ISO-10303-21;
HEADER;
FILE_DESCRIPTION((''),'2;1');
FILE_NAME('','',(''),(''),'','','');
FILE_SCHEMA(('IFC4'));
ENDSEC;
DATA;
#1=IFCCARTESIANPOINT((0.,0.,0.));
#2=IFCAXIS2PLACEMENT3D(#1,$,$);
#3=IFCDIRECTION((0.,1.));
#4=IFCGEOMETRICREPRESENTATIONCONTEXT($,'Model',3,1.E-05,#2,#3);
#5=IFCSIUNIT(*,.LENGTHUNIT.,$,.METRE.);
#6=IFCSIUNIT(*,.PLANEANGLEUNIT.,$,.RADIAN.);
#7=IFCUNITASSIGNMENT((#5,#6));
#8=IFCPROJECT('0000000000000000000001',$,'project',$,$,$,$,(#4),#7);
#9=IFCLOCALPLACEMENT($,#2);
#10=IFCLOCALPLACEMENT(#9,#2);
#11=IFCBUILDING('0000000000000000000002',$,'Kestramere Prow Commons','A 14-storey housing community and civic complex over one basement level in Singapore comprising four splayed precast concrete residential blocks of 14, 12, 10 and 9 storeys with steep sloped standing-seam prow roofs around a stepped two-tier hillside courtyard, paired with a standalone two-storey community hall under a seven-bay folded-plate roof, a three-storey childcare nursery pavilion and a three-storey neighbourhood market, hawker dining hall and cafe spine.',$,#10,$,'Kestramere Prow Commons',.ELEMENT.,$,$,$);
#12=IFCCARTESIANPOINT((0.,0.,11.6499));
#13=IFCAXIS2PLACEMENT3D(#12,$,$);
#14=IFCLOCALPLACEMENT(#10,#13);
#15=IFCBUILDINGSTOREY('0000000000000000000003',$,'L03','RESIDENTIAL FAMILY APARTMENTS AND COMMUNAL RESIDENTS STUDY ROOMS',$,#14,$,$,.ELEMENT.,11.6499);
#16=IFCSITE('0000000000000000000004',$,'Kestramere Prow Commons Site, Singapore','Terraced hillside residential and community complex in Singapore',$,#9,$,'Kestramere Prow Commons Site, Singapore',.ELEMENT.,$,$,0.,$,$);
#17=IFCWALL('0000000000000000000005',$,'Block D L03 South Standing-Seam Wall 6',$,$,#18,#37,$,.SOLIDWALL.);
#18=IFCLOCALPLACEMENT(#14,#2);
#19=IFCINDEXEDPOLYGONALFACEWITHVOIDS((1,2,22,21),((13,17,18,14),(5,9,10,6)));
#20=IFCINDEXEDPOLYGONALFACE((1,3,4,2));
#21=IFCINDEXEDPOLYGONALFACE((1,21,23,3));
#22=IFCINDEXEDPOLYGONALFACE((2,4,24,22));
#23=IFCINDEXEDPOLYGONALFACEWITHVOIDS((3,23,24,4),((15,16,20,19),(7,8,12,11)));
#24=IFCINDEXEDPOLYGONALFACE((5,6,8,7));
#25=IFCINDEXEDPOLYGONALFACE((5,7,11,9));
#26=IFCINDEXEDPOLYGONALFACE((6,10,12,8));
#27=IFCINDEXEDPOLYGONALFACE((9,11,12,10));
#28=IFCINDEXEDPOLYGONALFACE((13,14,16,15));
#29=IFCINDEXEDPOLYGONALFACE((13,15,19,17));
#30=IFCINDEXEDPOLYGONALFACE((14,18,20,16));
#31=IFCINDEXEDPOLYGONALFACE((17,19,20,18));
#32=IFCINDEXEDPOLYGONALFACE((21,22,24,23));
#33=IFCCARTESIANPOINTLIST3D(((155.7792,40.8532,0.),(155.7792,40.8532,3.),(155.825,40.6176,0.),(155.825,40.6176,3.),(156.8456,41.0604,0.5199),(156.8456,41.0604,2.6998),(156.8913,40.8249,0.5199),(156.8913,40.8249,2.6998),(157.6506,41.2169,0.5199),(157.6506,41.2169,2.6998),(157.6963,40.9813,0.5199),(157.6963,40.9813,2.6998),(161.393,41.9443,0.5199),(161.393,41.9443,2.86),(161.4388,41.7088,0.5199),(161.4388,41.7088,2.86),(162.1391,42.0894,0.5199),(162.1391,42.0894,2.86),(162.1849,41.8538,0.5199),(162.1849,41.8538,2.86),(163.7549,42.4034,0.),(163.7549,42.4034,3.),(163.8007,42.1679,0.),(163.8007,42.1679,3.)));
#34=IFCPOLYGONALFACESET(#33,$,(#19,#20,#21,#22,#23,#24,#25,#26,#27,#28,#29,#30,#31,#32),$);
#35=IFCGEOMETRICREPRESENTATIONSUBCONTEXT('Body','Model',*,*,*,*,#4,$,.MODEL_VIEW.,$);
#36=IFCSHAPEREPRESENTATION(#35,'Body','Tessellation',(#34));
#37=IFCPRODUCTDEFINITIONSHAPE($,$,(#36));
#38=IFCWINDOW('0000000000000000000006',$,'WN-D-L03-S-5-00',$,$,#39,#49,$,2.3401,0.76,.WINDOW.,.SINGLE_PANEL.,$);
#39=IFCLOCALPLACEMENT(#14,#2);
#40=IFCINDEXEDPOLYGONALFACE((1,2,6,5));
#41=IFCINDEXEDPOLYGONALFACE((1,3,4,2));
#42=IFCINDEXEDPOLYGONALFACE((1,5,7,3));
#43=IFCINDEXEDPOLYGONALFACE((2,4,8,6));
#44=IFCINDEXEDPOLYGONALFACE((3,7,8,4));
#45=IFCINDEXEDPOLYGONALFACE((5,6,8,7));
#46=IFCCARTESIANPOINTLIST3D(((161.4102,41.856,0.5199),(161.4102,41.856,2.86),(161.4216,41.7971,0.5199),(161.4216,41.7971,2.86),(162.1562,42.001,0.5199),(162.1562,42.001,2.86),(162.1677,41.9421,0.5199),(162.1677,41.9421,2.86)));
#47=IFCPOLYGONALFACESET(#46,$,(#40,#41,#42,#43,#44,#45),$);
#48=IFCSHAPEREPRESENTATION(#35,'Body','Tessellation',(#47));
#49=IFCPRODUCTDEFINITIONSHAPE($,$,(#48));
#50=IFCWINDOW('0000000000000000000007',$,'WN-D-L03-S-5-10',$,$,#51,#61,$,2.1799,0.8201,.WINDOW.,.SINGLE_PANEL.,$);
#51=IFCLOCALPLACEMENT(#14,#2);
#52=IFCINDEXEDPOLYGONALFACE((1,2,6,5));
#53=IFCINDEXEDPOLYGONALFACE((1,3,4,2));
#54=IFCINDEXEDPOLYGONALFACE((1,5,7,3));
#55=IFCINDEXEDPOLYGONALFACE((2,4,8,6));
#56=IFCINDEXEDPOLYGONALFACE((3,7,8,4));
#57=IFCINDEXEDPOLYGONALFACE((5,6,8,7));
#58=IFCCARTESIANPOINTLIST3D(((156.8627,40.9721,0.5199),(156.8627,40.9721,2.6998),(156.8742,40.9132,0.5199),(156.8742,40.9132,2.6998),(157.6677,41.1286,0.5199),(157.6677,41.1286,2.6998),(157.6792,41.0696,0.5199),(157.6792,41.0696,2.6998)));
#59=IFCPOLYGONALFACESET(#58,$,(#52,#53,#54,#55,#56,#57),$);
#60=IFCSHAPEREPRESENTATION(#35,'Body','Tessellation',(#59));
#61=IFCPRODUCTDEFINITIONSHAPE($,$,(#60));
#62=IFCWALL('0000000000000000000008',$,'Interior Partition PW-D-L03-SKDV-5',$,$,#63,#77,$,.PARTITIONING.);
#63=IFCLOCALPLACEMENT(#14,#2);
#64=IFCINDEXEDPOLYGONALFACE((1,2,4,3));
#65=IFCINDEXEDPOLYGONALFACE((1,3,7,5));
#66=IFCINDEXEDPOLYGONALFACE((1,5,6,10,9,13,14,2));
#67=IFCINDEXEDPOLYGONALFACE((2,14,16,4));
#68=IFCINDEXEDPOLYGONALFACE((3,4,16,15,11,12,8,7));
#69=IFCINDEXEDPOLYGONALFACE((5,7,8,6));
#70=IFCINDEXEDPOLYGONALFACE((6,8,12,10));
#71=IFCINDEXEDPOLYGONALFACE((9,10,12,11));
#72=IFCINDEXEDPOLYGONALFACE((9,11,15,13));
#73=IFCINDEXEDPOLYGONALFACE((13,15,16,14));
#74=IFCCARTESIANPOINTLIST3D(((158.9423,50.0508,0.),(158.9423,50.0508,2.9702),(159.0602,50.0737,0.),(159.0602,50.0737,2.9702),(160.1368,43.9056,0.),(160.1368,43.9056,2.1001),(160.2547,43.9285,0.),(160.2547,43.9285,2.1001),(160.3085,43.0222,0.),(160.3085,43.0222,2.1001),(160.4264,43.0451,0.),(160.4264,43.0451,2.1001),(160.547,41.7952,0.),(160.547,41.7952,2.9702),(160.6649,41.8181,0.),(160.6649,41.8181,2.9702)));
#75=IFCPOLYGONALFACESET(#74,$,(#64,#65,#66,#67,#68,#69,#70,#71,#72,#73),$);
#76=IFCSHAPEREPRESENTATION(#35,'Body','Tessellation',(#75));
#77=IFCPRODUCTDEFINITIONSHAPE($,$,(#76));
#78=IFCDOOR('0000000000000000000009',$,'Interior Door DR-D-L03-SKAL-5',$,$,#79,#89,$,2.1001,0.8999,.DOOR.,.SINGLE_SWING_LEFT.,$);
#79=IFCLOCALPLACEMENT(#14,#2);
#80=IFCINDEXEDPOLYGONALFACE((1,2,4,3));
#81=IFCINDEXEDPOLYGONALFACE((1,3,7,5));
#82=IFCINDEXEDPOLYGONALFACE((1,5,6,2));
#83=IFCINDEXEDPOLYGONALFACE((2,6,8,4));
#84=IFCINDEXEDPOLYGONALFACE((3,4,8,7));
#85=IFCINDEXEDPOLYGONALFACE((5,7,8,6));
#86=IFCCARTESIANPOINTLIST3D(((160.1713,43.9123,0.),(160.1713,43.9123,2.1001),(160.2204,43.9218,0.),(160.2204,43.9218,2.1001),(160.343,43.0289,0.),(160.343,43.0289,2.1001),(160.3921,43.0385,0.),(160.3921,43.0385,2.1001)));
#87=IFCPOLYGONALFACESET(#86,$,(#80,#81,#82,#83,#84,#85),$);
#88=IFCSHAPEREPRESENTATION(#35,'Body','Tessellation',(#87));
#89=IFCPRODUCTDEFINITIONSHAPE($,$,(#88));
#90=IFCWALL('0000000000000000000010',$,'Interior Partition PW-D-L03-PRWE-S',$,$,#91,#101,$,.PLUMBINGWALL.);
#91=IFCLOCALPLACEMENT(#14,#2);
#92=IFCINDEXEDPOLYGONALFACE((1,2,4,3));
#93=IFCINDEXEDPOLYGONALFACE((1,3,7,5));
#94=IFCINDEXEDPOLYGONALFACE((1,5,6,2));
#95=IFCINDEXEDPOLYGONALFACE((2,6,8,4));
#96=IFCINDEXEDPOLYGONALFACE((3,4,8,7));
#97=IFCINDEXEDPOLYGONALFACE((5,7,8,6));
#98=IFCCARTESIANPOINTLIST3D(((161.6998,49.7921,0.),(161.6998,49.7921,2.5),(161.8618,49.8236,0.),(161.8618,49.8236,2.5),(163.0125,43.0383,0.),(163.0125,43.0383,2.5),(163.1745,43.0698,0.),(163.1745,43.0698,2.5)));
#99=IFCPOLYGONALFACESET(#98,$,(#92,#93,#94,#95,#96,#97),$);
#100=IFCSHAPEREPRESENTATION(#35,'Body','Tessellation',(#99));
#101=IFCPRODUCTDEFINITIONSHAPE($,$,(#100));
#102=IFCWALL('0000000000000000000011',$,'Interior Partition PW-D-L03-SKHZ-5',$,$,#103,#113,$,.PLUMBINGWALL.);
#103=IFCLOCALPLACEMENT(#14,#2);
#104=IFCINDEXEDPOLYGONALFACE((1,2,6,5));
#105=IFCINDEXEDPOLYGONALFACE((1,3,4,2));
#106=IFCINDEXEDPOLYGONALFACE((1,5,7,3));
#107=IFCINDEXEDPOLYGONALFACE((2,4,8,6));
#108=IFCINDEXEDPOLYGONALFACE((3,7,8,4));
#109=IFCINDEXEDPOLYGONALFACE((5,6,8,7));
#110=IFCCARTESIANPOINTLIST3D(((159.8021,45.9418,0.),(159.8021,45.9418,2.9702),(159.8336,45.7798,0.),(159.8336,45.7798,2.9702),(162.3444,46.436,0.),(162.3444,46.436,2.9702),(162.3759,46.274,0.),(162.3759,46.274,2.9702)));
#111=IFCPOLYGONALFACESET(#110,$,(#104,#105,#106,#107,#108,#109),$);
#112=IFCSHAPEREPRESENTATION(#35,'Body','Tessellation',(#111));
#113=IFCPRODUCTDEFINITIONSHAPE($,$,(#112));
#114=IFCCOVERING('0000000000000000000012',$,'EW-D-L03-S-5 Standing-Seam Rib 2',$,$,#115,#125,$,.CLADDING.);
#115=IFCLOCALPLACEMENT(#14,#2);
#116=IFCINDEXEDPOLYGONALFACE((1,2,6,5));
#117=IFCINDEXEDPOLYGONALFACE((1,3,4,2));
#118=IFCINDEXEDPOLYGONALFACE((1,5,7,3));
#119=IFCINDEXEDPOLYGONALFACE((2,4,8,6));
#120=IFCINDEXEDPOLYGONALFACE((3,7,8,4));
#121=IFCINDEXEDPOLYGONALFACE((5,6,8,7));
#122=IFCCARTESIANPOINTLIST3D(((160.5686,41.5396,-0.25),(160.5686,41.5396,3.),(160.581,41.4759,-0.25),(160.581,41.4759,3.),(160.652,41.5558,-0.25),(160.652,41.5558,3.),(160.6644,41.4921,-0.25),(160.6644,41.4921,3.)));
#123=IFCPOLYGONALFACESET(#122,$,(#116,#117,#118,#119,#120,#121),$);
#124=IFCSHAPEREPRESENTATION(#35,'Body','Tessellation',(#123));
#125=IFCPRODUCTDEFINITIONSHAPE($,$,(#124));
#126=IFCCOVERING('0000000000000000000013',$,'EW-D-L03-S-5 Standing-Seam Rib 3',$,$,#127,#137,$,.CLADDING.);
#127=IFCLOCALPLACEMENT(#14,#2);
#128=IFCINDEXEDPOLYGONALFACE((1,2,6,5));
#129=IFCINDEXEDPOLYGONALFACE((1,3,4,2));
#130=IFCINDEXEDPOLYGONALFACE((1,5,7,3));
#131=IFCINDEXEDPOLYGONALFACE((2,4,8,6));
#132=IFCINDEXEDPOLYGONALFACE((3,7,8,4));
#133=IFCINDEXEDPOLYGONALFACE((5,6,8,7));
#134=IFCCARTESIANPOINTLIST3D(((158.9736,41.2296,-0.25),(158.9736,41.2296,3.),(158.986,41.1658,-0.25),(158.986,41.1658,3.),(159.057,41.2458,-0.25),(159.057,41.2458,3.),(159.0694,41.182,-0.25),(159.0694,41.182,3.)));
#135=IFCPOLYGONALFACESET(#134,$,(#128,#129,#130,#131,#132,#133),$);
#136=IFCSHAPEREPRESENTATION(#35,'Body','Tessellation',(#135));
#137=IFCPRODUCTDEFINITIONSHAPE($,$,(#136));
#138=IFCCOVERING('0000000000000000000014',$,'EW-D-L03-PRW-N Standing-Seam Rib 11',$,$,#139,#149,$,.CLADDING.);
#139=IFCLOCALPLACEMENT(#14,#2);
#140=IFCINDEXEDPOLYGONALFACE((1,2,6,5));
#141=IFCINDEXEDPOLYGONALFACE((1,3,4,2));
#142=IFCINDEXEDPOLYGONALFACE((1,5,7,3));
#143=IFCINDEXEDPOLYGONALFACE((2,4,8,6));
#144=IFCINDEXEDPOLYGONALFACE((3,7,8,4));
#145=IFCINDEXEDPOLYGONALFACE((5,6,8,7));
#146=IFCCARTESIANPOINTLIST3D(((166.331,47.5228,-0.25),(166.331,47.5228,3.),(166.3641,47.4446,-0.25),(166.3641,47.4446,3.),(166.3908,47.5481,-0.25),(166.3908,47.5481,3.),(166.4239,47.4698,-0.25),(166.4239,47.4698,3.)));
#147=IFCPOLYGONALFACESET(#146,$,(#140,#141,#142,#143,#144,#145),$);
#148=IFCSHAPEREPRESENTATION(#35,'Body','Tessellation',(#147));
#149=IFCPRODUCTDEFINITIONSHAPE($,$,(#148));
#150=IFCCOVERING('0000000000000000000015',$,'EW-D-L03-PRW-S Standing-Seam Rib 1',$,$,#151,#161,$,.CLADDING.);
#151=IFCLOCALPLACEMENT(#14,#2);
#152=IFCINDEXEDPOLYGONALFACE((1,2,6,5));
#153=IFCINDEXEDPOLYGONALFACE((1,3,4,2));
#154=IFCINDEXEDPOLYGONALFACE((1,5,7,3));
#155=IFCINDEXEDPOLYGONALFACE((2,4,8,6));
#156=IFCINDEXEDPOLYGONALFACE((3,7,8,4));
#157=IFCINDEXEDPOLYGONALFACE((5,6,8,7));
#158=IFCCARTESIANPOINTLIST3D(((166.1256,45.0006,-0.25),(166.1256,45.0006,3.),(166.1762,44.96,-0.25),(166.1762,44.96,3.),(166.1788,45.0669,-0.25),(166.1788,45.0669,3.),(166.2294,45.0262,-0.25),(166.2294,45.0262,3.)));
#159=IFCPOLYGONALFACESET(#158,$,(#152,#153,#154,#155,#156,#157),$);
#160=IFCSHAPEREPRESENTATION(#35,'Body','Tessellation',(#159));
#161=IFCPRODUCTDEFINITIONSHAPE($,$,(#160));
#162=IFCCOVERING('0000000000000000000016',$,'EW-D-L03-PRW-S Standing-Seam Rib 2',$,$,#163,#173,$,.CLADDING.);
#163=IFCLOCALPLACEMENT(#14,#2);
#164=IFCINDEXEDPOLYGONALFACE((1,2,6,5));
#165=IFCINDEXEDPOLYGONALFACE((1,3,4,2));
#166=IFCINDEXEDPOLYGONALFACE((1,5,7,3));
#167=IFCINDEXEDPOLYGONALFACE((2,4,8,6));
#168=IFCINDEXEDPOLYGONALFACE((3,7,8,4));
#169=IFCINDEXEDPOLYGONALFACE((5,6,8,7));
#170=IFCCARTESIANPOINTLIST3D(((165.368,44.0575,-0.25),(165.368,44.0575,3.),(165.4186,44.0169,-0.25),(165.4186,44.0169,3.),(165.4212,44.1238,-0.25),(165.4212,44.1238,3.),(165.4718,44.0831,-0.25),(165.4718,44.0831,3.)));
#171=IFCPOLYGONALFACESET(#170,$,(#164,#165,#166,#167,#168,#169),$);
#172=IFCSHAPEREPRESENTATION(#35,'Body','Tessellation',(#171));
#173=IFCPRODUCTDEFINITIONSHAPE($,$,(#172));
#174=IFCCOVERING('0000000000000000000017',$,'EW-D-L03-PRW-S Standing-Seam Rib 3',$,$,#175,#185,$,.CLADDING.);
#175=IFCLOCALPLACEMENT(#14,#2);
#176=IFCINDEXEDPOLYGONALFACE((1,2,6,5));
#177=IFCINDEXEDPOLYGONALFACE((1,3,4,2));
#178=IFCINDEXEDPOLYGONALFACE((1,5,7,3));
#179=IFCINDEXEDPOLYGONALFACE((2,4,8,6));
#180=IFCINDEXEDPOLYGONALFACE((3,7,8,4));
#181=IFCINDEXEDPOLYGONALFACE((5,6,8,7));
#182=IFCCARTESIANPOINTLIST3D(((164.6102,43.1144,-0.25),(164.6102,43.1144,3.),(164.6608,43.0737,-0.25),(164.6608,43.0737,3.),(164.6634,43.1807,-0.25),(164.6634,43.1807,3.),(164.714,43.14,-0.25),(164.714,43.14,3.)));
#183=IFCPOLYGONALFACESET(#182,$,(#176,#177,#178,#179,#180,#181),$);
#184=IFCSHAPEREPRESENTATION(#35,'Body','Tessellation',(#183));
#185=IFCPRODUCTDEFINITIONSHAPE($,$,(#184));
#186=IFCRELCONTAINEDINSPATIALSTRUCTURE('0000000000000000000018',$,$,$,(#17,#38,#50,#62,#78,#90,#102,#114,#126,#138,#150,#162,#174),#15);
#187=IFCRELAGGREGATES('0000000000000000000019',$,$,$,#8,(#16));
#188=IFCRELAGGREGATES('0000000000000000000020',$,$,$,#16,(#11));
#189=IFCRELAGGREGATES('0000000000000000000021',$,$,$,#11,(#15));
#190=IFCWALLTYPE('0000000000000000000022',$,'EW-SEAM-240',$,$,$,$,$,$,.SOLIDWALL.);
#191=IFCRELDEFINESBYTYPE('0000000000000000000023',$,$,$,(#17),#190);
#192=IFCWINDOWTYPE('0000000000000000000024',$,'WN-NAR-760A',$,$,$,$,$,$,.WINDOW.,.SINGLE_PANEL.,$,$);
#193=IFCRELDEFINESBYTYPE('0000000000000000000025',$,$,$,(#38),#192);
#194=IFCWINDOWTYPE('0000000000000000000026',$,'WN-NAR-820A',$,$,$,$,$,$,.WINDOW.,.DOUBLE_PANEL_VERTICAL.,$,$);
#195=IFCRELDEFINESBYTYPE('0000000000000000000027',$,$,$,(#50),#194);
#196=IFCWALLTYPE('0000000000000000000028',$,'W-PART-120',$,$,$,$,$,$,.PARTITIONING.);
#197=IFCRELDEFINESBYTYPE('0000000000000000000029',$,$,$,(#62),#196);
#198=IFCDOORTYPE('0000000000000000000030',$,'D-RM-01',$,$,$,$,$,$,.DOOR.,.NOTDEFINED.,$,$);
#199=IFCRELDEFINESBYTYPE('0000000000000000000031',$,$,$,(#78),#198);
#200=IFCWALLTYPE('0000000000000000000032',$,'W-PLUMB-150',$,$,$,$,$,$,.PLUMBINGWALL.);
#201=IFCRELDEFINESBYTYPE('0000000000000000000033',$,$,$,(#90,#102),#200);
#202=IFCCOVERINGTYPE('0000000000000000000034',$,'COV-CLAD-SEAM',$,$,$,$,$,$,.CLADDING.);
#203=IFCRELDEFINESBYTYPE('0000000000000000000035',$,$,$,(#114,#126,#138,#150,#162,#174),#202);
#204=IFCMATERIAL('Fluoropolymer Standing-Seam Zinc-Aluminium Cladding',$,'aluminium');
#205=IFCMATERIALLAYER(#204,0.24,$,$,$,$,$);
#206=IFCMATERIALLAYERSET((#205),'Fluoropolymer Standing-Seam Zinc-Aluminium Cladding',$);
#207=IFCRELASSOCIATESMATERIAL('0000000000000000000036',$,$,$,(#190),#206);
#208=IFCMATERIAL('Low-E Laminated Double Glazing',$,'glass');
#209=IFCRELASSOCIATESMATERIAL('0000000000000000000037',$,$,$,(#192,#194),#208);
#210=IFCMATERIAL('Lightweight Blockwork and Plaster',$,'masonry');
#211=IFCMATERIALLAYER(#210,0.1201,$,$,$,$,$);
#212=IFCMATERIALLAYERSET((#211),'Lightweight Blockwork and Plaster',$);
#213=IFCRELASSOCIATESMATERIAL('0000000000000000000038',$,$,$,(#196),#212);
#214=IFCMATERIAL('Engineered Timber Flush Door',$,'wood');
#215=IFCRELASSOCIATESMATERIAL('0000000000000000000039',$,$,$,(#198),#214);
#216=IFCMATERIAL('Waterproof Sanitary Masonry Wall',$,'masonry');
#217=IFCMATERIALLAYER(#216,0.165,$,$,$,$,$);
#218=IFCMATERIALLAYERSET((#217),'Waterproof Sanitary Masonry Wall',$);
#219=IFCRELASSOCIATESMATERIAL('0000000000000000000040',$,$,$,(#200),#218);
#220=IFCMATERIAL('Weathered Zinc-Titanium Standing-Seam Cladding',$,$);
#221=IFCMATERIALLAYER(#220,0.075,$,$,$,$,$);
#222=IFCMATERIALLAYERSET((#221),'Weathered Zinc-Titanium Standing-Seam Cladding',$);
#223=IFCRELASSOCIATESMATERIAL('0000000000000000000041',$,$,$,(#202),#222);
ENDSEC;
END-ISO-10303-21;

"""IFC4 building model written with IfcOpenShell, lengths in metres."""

from ifc_helpers import new_model, si_unit, direction, frame, frame_2d, origin, origin_2d, place, context, subcontext, project, spatial, rectangle, extrude, material, layer, layer_set, type_object, element, fill, save


model = new_model("IFC4")

# Units and contexts
model_context = context("Model", 3, precision=1e-05, world=origin(), true_north=direction((0.0, 1.0)))
body_context = subcontext(model_context, "Body", "Model", "MODEL_VIEW")
ifc_project = project(units=[si_unit("LENGTHUNIT", "METRE"), si_unit("PLANEANGLEUNIT", "RADIAN")], contexts=[model_context])

# Site, building, storey
site_placement = place(None, origin())
site = spatial("IfcSite", under=ifc_project, at=site_placement, Name="Kestramere Prow Commons Site, Singapore", Description="Terraced hillside residential and community complex in Singapore", LongName="Kestramere Prow Commons Site, Singapore", CompositionType="ELEMENT", RefElevation=0.0)
building_placement = place(site_placement, origin())
building = spatial("IfcBuilding", under=site, at=building_placement, Name="Kestramere Prow Commons", Description="A 14-storey housing community and civic complex over one basement level in Singapore comprising four splayed precast concrete residential blocks of 14, 12, 10 and 9 storeys with steep sloped standing-seam prow roofs around a stepped two-tier hillside courtyard, paired with a standalone two-storey community hall under a seven-bay folded-plate roof, a three-storey childcare nursery pavilion and a three-storey neighbourhood market, hawker dining hall and cafe spine.", LongName="Kestramere Prow Commons", CompositionType="ELEMENT")
storey_placement = place(building_placement, frame((0.0, 0.0, 11.6499)))
storey = spatial("IfcBuildingStorey", under=building, at=storey_placement, Name="L03", Description="RESIDENTIAL FAMILY APARTMENTS AND COMMUNAL RESIDENTS STUDY ROOMS", CompositionType="ELEMENT", Elevation=11.6499)

# Shared definitions
ifc_material_1 = material(Name="Weathered Zinc-Titanium Standing-Seam Cladding")

# Wall, openings, windows
ifc_material_2 = material(Name="Fluoropolymer Standing-Seam Zinc-Aluminium Cladding", Category="aluminium")
ifc_layer_1 = layer(ifc_material_2, 0.24)
ifc_layer_set_1 = layer_set([ifc_layer_1], Name="Fluoropolymer Standing-Seam Zinc-Aluminium Cladding")
wall_type_1 = type_object("IfcWallType", Name="EW-SEAM-240", PredefinedType="SOLIDWALL", material=ifc_layer_set_1)
ifc_material_3 = material(Name="Low-E Laminated Double Glazing", Category="glass")
wall_1_placement = place(storey_placement, frame((163.7778, 42.2856, 0.0), z_axis=(0.0, 0.0, 1.0), x_axis=(-0.981628, -0.190803, 0.0)))
wall_1 = element("IfcWall", 1, at=wall_1_placement, inside=storey, type_object=wall_type_1, Name="Block D L03 South Standing-Seam Wall 6", PredefinedType="SOLIDWALL", context=body_context, shape_type="SweptSolid", body=[
    extrude(rectangle(XDim=8.125, YDim=0.24, at=frame_2d((4.0625, 0.0))), origin(), (0.0, 0.0, 1.0), 3.0),
])
opening_1_placement = place(wall_1_placement, frame((1.6462, 0.0, 0.52)))
opening_1 = element("IfcOpeningElement", 2, at=opening_1_placement, cuts=wall_1, PredefinedType="OPENING", context=body_context, shape_type="SweptSolid", body=[
    extrude(rectangle(XDim=0.76, YDim=2.3401, at=frame_2d((0.3799, 1.1699))), frame((0.0, 0.135, 0.0), z_axis=(0.0, -1.0, 0.0), x_axis=(1.0, 0.0, 0.0)), (0.0, 0.0, 1.0), 0.27),
])
opening_2_placement = place(wall_1_placement, frame((6.2185, 0.0, 0.52)))
opening_2 = element("IfcOpeningElement", 3, at=opening_2_placement, cuts=wall_1, PredefinedType="OPENING", context=body_context, shape_type="SweptSolid", body=[
    extrude(rectangle(XDim=0.8201, YDim=2.1799, at=frame_2d((0.4102, 1.0898))), frame((0.0, 0.135, 0.0), z_axis=(0.0, -1.0, 0.0), x_axis=(1.0, 0.0, 0.0)), (0.0, 0.0, 1.0), 0.27),
])
window_type_1 = type_object("IfcWindowType", Name="WN-NAR-760A", PartitioningType="SINGLE_PANEL", PredefinedType="WINDOW", material=ifc_material_3)
window_1_placement = place(opening_1_placement, origin())
window_1 = element("IfcWindow", 4, at=window_1_placement, inside=storey, type_object=window_type_1, Name="WN-D-L03-S-5-00", OverallHeight=2.3401, OverallWidth=0.76, PartitioningType="SINGLE_PANEL", PredefinedType="WINDOW", context=body_context, shape_type="SweptSolid", body=[
    extrude(rectangle(XDim=0.76, YDim=2.3401, at=frame_2d((0.3799, 1.1699))), frame((0.0, 0.03, 0.0), z_axis=(0.0, -1.0, 0.0), x_axis=(1.0, 0.0, 0.0)), (0.0, 0.0, 1.0), 0.0601),
])
fill(opening_1, window_1)
window_type_2 = type_object("IfcWindowType", Name="WN-NAR-820A", PartitioningType="DOUBLE_PANEL_VERTICAL", PredefinedType="WINDOW", material=ifc_material_3)
window_2_placement = place(opening_2_placement, origin())
window_2 = element("IfcWindow", 5, at=window_2_placement, inside=storey, type_object=window_type_2, Name="WN-D-L03-S-5-10", OverallHeight=2.1799, OverallWidth=0.8201, PartitioningType="SINGLE_PANEL", PredefinedType="WINDOW", context=body_context, shape_type="SweptSolid", body=[
    extrude(rectangle(XDim=0.8201, YDim=2.1799, at=frame_2d((0.4102, 1.0898))), frame((0.0, 0.03, 0.0), z_axis=(0.0, -1.0, 0.0), x_axis=(1.0, 0.0, 0.0)), (0.0, 0.0, 1.0), 0.0601),
])
fill(opening_2, window_2)

# Wall, opening, door
ifc_material_4 = material(Name="Lightweight Blockwork and Plaster", Category="masonry")
ifc_layer_2 = layer(ifc_material_4, 0.1201)
ifc_layer_set_2 = layer_set([ifc_layer_2], Name="Lightweight Blockwork and Plaster")
wall_type_2 = type_object("IfcWallType", Name="W-PART-120", PredefinedType="PARTITIONING", material=ifc_layer_set_2)
wall_2_placement = place(storey_placement, frame((160.606, 41.8066, 0.0), z_axis=(0.0, 0.0, 1.0), x_axis=(-0.19081, 0.981627, 0.0)))
wall_2 = element("IfcWall", 6, at=wall_2_placement, inside=storey, type_object=wall_type_2, Name="Interior Partition PW-D-L03-SKDV-5", PredefinedType="PARTITIONING", context=body_context, shape_type="SweptSolid", body=[
    extrude(rectangle(XDim=8.4102, YDim=0.1201, at=frame_2d((4.2051, 0.0))), origin(), (0.0, 0.0, 1.0), 2.9702),
])
opening_3_placement = place(wall_2_placement, frame((1.25, 0.0, 0.0)))
opening_3 = element("IfcOpeningElement", 7, at=opening_3_placement, cuts=wall_2, PredefinedType="OPENING", context=body_context, shape_type="SweptSolid", body=[
    extrude(rectangle(XDim=0.8999, YDim=2.1001, at=frame_2d((0.45, 1.05))), frame((0.0, 0.075, 0.0), z_axis=(0.0, -1.0, 0.0), x_axis=(1.0, 0.0, 0.0)), (0.0, 0.0, 1.0), 0.1501),
])
ifc_material_5 = material(Name="Engineered Timber Flush Door", Category="wood")
door_type_1 = type_object("IfcDoorType", Name="D-RM-01", OperationType="NOTDEFINED", PredefinedType="DOOR", material=ifc_material_5)
door_1_placement = place(opening_3_placement, origin())
door_1 = element("IfcDoor", 8, at=door_1_placement, inside=storey, type_object=door_type_1, Name="Interior Door DR-D-L03-SKAL-5", OperationType="SINGLE_SWING_LEFT", OverallHeight=2.1001, OverallWidth=0.8999, PredefinedType="DOOR", context=body_context, shape_type="SweptSolid", body=[
    extrude(rectangle(XDim=0.8999, YDim=2.1001, at=frame_2d((0.45, 1.05))), frame((0.0, 0.0249, 0.0), z_axis=(0.0, -1.0, 0.0), x_axis=(1.0, 0.0, 0.0)), (0.0, 0.0, 1.0), 0.05),
])
fill(opening_3, door_1)

# Wall
ifc_material_6 = material(Name="Waterproof Sanitary Masonry Wall", Category="masonry")
ifc_layer_3 = layer(ifc_material_6, 0.165)
ifc_layer_set_3 = layer_set([ifc_layer_3], Name="Waterproof Sanitary Masonry Wall")
wall_type_3 = type_object("IfcWallType", Name="W-PLUMB-150", PredefinedType="PLUMBINGWALL", material=ifc_layer_set_3)
wall_3_placement = place(storey_placement, frame((163.0935, 43.0542, 0.0), z_axis=(0.0, 0.0, 1.0), x_axis=(-0.190804, 0.981628, 0.0)))
element("IfcWall", 9, at=wall_3_placement, inside=storey, type_object=wall_type_3, Name="Interior Partition PW-D-L03-PRWE-S", PredefinedType="PLUMBINGWALL", context=body_context, shape_type="SweptSolid", body=[
    extrude(rectangle(XDim=6.8801, YDim=0.165, at=frame_2d((3.4399, 0.0))), origin(), (0.0, 0.0, 1.0), 2.5),
])

# Wall
wall_4_placement = place(storey_placement, frame((159.8179, 45.8608, 0.0), z_axis=(0.0, 0.0, 1.0), x_axis=(0.981629, 0.190802, 0.0)))
element("IfcWall", 10, at=wall_4_placement, inside=storey, type_object=wall_type_3, Name="Interior Partition PW-D-L03-SKHZ-5", PredefinedType="PLUMBINGWALL", context=body_context, shape_type="SweptSolid", body=[
    extrude(rectangle(XDim=2.5898, YDim=0.165, at=frame_2d((1.2949, 0.0))), origin(), (0.0, 0.0, 1.0), 2.9702),
])

# Coverings
ifc_layer_4 = layer(ifc_material_1, 0.075)
ifc_layer_set_4 = layer_set([ifc_layer_4], Name="Weathered Zinc-Titanium Standing-Seam Cladding")
covering_type = type_object("IfcCoveringType", Name="COV-CLAD-SEAM", PredefinedType="CLADDING", material=ifc_layer_set_4)
for number, where, z_axis, x_axis, name in (
    (11, (160.6165, 41.5159, -0.25), (0.0, 0.0, 1.0), (-0.981627, -0.190809, 0.0), "EW-D-L03-S-5 Standing-Seam Rib 2"),
    (12, (159.0215, 41.2058, -0.25), (0.0, 0.0, 1.0), (-0.981627, -0.190809, 0.0), "EW-D-L03-S-5 Standing-Seam Rib 3"),
    (13, (166.3774, 47.4963, -0.25), (0.0, 0.0, 1.0), (0.38922, -0.921145, 0.0), "EW-D-L03-PRW-N Standing-Seam Rib 11"),
    (14, (166.1775, 45.0134, -0.25), (0.0, 0.0, 1.0), (-0.626298, -0.779584, 0.0), "EW-D-L03-PRW-S Standing-Seam Rib 1"),
    (15, (165.4199, 44.0703, -0.25), (0.0, 0.0, 1.0), (-0.626298, -0.779584, 0.0), "EW-D-L03-PRW-S Standing-Seam Rib 2"),
    (16, (164.6621, 43.1272, -0.25), (0.0, 0.0, 1.0), (-0.626298, -0.779584, 0.0), "EW-D-L03-PRW-S Standing-Seam Rib 3"),
):
    element("IfcCovering", number, at=place(storey_placement, frame(where, z_axis=z_axis, x_axis=x_axis)), inside=storey, type_object=covering_type, Name=name, PredefinedType="CLADDING", context=body_context, shape_type="SweptSolid", body=[
        extrude(rectangle(XDim=0.085, YDim=0.0649, at=origin_2d()), origin(), (0.0, 0.0, 1.0), 3.25),
    ])

save(model, "model.ifc")
